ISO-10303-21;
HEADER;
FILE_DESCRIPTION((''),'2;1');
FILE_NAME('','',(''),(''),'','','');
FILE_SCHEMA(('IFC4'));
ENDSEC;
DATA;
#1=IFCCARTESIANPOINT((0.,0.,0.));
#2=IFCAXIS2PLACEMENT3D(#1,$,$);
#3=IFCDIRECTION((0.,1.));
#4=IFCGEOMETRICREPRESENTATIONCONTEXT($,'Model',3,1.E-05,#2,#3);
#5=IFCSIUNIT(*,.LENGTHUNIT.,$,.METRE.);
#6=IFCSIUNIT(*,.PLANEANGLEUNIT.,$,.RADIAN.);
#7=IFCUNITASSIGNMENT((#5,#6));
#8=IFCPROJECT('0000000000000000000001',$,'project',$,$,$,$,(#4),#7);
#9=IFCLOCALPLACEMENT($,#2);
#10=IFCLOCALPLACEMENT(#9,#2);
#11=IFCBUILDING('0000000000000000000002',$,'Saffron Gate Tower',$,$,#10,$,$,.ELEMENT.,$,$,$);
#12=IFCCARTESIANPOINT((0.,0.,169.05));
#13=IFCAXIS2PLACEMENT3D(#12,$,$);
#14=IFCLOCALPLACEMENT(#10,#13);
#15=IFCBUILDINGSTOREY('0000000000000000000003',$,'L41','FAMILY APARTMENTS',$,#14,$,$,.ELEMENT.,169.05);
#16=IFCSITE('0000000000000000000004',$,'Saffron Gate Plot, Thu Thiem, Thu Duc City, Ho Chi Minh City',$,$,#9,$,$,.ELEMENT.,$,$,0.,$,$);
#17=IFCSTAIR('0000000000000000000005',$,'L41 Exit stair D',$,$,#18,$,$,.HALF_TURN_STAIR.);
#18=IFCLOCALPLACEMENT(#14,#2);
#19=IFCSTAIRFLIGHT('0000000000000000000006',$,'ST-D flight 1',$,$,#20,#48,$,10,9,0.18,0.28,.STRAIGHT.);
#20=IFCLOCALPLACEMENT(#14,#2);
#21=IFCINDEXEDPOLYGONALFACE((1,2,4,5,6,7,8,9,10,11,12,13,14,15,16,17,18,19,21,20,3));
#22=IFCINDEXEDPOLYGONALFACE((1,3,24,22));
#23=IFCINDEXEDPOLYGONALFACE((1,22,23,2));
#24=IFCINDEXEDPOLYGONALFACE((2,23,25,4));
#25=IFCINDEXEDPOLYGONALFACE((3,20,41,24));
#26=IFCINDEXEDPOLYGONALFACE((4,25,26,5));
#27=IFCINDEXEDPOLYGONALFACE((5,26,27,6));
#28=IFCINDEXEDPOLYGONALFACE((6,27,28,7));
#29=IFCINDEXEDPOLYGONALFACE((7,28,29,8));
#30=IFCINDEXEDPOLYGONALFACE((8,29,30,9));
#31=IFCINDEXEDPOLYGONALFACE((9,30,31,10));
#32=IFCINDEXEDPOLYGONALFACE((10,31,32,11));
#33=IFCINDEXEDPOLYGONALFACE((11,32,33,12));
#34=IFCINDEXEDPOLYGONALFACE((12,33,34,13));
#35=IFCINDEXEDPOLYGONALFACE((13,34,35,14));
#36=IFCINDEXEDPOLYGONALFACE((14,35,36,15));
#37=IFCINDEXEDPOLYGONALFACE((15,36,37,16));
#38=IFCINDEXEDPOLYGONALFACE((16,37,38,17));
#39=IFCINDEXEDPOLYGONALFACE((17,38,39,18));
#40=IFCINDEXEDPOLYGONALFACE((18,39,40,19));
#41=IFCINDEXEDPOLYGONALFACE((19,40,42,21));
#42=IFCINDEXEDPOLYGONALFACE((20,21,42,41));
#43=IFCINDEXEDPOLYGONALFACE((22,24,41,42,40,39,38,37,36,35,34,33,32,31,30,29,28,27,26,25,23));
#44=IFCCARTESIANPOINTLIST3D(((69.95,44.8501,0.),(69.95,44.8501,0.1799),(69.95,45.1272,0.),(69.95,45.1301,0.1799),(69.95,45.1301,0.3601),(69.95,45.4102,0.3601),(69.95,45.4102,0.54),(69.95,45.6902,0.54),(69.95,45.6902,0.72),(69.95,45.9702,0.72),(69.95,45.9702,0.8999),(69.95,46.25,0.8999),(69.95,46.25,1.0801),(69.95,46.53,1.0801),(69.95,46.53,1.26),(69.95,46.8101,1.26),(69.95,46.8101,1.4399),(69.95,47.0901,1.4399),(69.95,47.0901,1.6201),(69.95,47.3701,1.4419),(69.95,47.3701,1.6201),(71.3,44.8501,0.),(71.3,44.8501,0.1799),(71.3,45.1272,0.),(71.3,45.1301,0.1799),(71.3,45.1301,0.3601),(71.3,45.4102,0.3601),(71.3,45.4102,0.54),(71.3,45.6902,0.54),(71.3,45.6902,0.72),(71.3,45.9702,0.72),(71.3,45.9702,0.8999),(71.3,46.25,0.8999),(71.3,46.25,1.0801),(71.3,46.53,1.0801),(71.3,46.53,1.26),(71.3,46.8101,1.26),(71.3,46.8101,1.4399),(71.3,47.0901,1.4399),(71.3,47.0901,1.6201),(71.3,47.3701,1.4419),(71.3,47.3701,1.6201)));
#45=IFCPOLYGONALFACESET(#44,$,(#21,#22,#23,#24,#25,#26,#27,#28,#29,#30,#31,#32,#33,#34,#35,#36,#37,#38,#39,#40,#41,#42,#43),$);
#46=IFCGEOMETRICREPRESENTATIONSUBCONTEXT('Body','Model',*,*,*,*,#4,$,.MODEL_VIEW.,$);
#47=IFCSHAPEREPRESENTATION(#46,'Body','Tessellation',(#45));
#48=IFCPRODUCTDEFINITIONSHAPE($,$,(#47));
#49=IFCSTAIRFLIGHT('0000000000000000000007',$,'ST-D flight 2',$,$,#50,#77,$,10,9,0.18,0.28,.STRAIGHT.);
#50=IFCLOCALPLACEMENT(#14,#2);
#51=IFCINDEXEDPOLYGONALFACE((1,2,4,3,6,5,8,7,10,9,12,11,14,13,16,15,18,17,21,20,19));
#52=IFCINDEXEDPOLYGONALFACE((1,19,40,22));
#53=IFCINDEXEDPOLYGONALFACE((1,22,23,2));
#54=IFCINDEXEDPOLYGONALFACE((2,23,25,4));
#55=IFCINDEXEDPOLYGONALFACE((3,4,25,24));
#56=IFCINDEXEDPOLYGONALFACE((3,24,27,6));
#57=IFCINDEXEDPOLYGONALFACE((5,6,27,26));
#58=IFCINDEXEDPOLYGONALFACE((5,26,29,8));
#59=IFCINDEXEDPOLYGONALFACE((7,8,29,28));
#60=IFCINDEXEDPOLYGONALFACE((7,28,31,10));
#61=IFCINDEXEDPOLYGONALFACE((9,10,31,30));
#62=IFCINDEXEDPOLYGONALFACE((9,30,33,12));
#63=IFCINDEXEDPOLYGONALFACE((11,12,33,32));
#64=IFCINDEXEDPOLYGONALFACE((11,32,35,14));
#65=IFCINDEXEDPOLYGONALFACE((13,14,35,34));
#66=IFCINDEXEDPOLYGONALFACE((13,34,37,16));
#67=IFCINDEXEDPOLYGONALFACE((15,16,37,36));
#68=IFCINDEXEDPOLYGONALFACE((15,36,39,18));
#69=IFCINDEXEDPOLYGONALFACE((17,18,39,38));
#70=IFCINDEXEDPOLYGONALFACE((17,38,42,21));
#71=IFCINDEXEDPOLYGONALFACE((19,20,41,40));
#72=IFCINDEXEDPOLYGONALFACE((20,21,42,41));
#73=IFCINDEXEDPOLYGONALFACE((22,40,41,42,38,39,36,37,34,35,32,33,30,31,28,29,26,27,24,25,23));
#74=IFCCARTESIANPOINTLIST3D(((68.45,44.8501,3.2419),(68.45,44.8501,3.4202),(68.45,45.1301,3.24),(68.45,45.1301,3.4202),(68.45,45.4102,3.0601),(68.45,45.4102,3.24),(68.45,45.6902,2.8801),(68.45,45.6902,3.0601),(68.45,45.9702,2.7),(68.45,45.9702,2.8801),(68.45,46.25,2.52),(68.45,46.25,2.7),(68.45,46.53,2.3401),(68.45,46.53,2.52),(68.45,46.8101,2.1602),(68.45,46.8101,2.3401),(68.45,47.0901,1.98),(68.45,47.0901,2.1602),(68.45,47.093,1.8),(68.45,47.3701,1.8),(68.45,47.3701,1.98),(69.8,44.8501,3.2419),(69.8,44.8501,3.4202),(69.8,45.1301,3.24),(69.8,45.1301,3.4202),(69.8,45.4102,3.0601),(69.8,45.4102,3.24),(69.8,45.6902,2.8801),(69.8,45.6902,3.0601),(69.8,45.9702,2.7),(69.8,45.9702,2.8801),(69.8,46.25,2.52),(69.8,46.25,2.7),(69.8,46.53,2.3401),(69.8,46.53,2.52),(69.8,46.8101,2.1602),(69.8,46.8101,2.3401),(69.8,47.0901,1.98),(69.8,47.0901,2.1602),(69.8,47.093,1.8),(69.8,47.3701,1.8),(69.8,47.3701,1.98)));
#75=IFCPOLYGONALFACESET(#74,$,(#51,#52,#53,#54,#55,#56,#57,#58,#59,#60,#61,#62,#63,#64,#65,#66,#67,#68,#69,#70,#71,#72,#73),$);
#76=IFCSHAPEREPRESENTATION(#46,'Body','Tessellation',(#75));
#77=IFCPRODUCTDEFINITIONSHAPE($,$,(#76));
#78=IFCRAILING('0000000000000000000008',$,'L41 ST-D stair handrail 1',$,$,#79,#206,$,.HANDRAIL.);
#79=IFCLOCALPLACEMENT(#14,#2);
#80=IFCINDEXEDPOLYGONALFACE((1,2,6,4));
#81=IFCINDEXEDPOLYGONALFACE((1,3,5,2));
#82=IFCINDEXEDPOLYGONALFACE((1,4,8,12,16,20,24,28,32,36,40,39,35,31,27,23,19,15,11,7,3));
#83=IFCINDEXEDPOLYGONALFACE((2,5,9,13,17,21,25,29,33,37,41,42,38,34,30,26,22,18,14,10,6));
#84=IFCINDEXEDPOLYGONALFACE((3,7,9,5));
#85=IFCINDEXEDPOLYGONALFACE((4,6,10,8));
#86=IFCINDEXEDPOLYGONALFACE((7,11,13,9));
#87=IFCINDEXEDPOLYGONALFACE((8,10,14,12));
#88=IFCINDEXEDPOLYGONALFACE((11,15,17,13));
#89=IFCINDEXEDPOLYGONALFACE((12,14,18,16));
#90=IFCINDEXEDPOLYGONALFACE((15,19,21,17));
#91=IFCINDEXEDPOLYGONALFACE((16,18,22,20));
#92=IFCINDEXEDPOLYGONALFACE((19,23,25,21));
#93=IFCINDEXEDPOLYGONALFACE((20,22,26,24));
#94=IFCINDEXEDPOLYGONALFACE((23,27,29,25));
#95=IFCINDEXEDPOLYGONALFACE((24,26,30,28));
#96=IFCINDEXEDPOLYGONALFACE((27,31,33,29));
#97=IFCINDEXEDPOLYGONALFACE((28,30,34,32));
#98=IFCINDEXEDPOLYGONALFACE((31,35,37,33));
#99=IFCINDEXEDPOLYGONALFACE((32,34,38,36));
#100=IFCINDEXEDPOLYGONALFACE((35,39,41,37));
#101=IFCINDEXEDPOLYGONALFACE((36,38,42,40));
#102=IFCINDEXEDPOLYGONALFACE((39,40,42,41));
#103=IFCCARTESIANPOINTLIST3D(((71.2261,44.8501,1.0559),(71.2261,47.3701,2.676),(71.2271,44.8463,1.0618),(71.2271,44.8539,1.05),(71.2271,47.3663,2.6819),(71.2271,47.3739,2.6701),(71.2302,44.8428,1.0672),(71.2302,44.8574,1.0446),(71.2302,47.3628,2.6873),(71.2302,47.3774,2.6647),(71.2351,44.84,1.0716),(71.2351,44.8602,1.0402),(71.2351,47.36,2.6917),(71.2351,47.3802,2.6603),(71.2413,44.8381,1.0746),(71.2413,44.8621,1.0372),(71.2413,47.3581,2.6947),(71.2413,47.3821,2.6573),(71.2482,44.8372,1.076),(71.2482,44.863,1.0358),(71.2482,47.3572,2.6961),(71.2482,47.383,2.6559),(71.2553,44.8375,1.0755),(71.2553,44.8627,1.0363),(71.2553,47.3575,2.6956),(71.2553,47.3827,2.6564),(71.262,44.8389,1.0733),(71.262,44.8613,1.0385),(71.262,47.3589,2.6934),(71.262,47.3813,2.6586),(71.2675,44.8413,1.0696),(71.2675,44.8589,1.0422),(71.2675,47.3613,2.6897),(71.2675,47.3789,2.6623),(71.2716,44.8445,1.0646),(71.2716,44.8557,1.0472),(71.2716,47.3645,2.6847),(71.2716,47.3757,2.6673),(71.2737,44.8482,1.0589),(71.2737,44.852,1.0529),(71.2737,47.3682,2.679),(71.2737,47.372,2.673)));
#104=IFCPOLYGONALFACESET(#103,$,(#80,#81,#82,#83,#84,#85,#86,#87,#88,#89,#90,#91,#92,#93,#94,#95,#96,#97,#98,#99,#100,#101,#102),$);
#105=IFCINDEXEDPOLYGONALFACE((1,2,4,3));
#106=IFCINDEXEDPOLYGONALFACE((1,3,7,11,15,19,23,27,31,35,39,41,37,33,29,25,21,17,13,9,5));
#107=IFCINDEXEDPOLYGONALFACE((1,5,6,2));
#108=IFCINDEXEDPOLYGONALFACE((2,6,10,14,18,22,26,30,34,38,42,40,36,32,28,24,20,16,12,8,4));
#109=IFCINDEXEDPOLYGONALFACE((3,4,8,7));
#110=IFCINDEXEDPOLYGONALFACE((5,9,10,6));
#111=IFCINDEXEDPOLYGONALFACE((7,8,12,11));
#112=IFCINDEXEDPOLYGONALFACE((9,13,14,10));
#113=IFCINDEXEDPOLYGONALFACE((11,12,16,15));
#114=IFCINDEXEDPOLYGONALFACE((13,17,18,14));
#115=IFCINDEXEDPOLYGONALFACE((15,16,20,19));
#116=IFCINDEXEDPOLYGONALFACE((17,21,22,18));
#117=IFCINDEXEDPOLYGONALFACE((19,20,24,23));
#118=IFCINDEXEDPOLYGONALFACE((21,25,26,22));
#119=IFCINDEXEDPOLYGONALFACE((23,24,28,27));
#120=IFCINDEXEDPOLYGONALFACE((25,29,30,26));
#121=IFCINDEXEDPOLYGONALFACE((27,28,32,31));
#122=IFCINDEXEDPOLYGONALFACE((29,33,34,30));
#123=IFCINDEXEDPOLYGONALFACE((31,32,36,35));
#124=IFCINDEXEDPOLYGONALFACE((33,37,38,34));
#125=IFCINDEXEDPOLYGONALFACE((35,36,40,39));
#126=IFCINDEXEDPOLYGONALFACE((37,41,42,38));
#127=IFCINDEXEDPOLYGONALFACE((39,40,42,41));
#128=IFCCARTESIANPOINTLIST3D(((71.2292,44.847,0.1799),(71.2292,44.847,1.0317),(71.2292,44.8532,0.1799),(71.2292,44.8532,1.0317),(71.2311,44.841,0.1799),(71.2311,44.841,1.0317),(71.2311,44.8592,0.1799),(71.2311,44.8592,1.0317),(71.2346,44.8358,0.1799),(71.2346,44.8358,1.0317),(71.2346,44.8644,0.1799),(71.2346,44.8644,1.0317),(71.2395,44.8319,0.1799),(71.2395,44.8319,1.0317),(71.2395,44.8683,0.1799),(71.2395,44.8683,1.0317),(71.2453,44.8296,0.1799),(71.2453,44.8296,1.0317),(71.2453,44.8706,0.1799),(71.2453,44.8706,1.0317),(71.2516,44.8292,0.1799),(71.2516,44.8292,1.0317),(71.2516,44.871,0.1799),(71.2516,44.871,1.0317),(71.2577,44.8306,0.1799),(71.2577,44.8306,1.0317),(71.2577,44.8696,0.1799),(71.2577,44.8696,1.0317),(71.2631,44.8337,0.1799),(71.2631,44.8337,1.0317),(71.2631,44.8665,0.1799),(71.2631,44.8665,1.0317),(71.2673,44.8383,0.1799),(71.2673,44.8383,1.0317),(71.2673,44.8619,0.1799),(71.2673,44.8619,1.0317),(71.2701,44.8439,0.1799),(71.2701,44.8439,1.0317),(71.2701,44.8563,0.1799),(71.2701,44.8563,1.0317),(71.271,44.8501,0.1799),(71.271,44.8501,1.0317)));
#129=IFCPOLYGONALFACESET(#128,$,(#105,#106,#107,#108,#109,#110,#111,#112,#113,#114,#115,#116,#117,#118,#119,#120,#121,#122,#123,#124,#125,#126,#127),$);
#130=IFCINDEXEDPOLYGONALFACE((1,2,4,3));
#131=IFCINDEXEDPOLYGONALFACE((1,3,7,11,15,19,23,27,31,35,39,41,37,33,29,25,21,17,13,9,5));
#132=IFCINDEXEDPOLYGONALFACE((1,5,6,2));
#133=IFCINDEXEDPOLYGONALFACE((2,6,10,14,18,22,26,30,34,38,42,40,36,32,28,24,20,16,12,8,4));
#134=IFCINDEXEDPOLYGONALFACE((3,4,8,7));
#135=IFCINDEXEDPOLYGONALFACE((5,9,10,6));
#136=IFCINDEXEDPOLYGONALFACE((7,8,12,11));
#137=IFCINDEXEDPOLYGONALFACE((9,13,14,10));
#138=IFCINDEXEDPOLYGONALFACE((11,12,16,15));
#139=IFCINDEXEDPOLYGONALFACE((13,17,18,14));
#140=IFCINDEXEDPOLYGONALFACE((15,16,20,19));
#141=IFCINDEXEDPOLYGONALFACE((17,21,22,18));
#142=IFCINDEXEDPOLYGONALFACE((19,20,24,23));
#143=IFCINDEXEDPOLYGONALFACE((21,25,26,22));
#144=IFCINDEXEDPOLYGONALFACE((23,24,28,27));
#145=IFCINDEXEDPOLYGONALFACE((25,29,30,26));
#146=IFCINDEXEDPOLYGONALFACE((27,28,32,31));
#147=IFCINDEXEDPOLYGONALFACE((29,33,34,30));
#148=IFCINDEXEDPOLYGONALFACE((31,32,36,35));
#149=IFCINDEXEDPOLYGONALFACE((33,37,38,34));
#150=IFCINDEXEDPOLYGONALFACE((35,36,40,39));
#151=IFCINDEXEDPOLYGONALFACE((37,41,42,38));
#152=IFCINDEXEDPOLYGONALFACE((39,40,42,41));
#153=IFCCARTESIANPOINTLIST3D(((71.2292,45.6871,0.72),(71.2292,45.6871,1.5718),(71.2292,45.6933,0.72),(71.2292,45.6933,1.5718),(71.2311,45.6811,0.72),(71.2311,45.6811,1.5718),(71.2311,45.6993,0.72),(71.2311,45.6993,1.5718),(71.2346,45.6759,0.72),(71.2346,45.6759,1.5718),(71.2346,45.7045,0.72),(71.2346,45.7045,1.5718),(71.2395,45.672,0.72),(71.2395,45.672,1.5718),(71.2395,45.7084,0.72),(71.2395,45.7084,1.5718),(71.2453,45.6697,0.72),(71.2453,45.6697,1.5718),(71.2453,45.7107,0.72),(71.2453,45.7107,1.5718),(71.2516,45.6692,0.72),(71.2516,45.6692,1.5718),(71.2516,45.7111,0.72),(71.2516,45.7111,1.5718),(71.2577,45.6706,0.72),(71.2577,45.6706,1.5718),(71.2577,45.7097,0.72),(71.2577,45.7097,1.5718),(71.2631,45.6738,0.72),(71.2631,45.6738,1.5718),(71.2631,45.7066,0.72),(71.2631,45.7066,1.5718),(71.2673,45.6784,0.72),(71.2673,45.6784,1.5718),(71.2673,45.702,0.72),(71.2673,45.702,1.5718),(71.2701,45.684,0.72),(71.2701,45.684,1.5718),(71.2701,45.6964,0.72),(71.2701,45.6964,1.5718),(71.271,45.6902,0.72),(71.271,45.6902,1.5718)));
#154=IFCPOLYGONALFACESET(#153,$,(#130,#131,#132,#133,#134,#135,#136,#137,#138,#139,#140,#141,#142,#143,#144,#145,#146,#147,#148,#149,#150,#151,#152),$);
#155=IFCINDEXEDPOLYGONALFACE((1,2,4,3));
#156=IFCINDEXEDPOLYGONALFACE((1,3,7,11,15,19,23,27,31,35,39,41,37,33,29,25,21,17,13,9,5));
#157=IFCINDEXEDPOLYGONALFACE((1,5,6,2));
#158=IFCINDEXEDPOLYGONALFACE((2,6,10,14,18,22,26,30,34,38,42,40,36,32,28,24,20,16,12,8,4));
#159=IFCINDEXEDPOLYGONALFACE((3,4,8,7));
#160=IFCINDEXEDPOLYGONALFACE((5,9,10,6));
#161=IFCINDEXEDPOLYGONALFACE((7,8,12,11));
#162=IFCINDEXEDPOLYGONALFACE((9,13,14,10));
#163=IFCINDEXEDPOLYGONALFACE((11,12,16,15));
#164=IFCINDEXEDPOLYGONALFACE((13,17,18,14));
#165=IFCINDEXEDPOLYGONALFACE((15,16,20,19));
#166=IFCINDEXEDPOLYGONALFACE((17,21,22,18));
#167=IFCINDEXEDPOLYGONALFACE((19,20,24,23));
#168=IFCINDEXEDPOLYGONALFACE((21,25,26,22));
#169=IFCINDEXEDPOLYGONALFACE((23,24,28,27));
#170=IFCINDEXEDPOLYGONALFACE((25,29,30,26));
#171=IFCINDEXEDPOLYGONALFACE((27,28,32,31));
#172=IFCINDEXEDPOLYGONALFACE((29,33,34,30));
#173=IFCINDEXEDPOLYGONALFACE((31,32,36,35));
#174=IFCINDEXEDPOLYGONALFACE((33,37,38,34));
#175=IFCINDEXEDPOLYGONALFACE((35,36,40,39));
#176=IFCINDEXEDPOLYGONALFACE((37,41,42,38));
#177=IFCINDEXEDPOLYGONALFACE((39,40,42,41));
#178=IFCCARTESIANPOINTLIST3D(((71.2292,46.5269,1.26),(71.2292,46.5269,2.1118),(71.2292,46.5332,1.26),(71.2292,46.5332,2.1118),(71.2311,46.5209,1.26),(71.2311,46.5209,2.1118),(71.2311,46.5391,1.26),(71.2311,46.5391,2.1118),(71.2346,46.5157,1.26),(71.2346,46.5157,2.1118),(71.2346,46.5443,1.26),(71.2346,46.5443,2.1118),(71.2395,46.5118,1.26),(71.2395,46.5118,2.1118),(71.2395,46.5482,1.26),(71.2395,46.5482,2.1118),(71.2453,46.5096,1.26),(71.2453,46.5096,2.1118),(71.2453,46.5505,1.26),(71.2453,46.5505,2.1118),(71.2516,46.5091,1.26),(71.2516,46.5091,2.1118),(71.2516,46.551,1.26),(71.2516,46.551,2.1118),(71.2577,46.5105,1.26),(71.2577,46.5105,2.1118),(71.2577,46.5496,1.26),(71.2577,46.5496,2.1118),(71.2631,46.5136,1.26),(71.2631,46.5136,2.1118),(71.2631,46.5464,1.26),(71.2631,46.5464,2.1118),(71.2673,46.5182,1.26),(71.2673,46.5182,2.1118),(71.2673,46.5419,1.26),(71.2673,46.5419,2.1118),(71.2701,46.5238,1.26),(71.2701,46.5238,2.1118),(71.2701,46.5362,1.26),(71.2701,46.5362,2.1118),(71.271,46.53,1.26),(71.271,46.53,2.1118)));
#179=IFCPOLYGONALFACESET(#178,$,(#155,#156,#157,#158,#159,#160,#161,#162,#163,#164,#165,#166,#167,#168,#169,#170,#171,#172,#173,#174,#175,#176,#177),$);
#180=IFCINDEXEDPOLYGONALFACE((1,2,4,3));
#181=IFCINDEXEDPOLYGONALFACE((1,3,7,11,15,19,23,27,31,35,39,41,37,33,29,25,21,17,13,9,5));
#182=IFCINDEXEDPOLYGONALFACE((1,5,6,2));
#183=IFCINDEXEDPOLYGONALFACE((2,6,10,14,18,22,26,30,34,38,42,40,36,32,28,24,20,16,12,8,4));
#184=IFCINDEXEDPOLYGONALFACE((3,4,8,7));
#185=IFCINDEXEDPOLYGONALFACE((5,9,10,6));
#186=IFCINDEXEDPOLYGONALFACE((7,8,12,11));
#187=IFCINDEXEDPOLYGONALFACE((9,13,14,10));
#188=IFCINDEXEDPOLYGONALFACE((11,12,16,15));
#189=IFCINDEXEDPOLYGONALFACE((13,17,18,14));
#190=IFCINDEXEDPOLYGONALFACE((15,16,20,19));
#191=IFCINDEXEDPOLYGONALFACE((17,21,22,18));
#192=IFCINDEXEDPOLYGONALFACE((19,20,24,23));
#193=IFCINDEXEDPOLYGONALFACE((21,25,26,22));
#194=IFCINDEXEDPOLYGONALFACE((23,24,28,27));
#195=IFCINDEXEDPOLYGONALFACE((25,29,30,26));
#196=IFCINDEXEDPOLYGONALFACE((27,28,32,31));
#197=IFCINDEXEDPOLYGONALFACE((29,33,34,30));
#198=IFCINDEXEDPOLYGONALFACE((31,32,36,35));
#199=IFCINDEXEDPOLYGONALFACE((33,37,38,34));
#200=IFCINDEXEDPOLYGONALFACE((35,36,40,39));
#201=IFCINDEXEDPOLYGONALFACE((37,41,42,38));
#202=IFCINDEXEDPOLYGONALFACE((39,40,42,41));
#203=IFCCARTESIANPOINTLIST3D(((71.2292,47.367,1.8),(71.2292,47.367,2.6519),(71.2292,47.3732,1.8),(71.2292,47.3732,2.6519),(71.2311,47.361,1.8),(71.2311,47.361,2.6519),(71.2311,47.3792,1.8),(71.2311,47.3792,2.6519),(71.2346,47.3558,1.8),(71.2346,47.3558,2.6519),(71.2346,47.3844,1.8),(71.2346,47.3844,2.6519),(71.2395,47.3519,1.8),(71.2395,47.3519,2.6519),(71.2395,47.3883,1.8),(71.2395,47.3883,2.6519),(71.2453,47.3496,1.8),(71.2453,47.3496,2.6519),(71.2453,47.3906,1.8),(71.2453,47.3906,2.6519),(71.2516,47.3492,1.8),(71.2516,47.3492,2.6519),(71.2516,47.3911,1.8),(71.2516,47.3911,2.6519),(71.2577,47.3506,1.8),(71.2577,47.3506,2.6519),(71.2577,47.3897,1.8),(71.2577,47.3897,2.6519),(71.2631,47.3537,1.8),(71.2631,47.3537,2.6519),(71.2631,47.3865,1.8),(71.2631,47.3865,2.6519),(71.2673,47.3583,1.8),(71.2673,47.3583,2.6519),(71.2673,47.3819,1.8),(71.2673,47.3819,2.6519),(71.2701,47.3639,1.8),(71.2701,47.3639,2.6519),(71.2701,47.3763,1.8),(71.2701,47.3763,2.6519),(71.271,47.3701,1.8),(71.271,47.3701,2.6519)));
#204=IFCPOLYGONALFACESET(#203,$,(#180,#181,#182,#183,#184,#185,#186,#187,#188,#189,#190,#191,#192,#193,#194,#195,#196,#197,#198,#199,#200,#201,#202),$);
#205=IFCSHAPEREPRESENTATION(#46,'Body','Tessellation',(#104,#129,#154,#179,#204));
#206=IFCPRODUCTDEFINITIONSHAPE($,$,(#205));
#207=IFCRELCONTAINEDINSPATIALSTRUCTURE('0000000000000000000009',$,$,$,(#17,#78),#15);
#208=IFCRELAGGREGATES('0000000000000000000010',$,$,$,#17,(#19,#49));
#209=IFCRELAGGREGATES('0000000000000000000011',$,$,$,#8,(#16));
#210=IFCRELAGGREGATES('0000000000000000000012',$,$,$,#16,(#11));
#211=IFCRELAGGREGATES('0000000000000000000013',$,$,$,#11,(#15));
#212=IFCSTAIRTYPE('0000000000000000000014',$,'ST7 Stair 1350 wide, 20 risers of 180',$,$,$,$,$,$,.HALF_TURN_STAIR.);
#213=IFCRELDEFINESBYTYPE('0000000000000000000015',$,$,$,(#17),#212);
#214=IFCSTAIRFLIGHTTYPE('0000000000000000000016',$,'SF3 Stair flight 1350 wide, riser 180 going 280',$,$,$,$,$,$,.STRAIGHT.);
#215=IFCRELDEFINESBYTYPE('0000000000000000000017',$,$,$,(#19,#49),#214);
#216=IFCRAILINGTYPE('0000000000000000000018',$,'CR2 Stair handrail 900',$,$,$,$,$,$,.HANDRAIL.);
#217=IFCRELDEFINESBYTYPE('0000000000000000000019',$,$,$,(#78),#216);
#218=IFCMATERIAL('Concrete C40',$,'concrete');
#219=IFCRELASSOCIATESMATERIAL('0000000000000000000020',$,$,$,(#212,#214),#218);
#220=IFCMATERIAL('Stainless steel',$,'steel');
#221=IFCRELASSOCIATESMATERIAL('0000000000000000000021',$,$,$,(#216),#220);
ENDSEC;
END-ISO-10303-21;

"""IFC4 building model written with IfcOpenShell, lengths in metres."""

from ifc_helpers import new_model, si_unit, direction, frame, origin, origin_2d, place, context, subcontext, project, spatial, polyline, circle, outline, extrude, material, type_object, element, aggregate, save


model = new_model("IFC4")

# Units and contexts
model_context = context("Model", 3, precision=1e-05, world=origin(), true_north=direction((0.0, 1.0)))
body_context = subcontext(model_context, "Body", "Model", "MODEL_VIEW")
ifc_project = project(units=[si_unit("LENGTHUNIT", "METRE"), si_unit("PLANEANGLEUNIT", "RADIAN")], contexts=[model_context])

# Site, building, storey
site_placement = place(None, origin())
site = spatial("IfcSite", under=ifc_project, at=site_placement, Name="Saffron Gate Plot, Thu Thiem, Thu Duc City, Ho Chi Minh City", CompositionType="ELEMENT", RefElevation=0.0)
building_placement = place(site_placement, origin())
building = spatial("IfcBuilding", under=site, at=building_placement, Name="Saffron Gate Tower", CompositionType="ELEMENT")
storey_placement = place(building_placement, frame((0.0, 0.0, 169.05)))
storey = spatial("IfcBuildingStorey", under=building, at=storey_placement, Name="L41", Description="FAMILY APARTMENTS", CompositionType="ELEMENT", Elevation=169.05)

# Stair, stair flights
ifc_material_1 = material(Name="Concrete C40", Category="concrete")
stair_type = type_object("IfcStairType", Name="ST7 Stair 1350 wide, 20 risers of 180", PredefinedType="HALF_TURN_STAIR", material=ifc_material_1)
stair_placement = place(storey_placement, origin())
stair = element("IfcStair", 1, at=stair_placement, inside=storey, type_object=stair_type, Name="L41 Exit stair D", PredefinedType="HALF_TURN_STAIR")
stair_flight_type = type_object("IfcStairFlightType", Name="SF3 Stair flight 1350 wide, riser 180 going 280", PredefinedType="STRAIGHT", material=ifc_material_1)
stair_flight_1_placement = place(storey_placement, frame((70.625, 44.8501, 0.0), z_axis=(0.0, 0.0, 1.0), x_axis=(0.0, 1.0, 0.0)))
stair_flight_1 = element("IfcStairFlight", 2, at=stair_flight_1_placement, type_object=stair_flight_type, Name="ST-D flight 1", NumberOfRisers=10, NumberOfTreads=9, PredefinedType="STRAIGHT", RiserHeight=0.18, TreadLength=0.28, context=body_context, shape_type="SweptSolid", body=[
    extrude(outline(polyline([(0.0, 0.0), (0.0, 0.1799), (0.28, 0.1799), (0.28, 0.3601), (0.5601, 0.3601), (0.5601, 0.54), (0.8401, 0.54), (0.8401, 0.72), (1.1201, 0.72), (1.1201, 0.8999), (1.3999, 0.8999), (1.3999, 1.0801), (1.6799, 1.0801), (1.6799, 1.26), (1.96, 1.26), (1.96, 1.4399), (2.24, 1.4399), (2.24, 1.6201), (2.52, 1.6201), (2.52, 1.8), (2.52, 1.4419), (0.2771, 0.0), (0.0, 0.0)])), frame((0.0, 0.675, 0.0), z_axis=(0.0, -1.0, 0.0), x_axis=(1.0, 0.0, 0.0)), (0.0, 0.0, 1.0), 1.3501),
])
stair_flight_2_placement = place(storey_placement, frame((69.125, 47.3701, 1.8), z_axis=(0.0, 0.0, 1.0), x_axis=(0.0, -1.0, 0.0)))
stair_flight_2 = element("IfcStairFlight", 3, at=stair_flight_2_placement, type_object=stair_flight_type, Name="ST-D flight 2", NumberOfRisers=10, NumberOfTreads=9, PredefinedType="STRAIGHT", RiserHeight=0.18, TreadLength=0.28, context=body_context, shape_type="SweptSolid", body=[
    extrude(outline(polyline([(0.0, 0.0), (0.0, 0.1799), (0.28, 0.1799), (0.28, 0.3601), (0.5601, 0.3601), (0.5601, 0.54), (0.8401, 0.54), (0.8401, 0.72), (1.1201, 0.72), (1.1201, 0.8999), (1.3999, 0.8999), (1.3999, 1.0801), (1.6799, 1.0801), (1.6799, 1.26), (1.96, 1.26), (1.96, 1.4399), (2.24, 1.4399), (2.24, 1.6201), (2.52, 1.6201), (2.52, 1.8), (2.52, 1.4419), (0.2771, 0.0), (0.0, 0.0)])), frame((0.0, 0.675, 0.0), z_axis=(0.0, -1.0, 0.0), x_axis=(1.0, 0.0, 0.0)), (0.0, 0.0, 1.0), 1.3501),
])
aggregate(stair, [stair_flight_1, stair_flight_2])

# Railing
ifc_material_2 = material(Name="Stainless steel", Category="steel")
railing_type_1 = type_object("IfcRailingType", Name="CR2 Stair handrail 900", PredefinedType="HANDRAIL", material=ifc_material_2)
railing_1_placement = place(storey_placement, frame((71.25, 44.8501, 0.1799)))
element("IfcRailing", 4, at=railing_1_placement, inside=storey, type_object=railing_type_1, Name="L41 ST-D stair handrail 1", PredefinedType="HANDRAIL", context=body_context, shape_type="SweptSolid", body=[
    extrude(circle(Radius=0.0239, at=origin_2d()), frame((0.0, 0.0, 0.876), z_axis=(0.0, 0.841163, 0.540782), x_axis=(-1.0, 0.0, 0.0)), (0.0, 0.0, 1.0), 2.9958),
    extrude(circle(Radius=0.021, at=origin_2d()), origin(), (0.0, 0.0, 1.0), 0.8518),
    extrude(circle(Radius=0.021, at=origin_2d()), frame((0.0, 0.8401, 0.54)), (0.0, 0.0, 1.0), 0.8518),
    extrude(circle(Radius=0.021, at=origin_2d()), frame((0.0, 1.6799, 1.0801)), (0.0, 0.0, 1.0), 0.8518),
    extrude(circle(Radius=0.021, at=origin_2d()), frame((0.0, 2.52, 1.6201)), (0.0, 0.0, 1.0), 0.8518),
])

save(model, "model.ifc")
